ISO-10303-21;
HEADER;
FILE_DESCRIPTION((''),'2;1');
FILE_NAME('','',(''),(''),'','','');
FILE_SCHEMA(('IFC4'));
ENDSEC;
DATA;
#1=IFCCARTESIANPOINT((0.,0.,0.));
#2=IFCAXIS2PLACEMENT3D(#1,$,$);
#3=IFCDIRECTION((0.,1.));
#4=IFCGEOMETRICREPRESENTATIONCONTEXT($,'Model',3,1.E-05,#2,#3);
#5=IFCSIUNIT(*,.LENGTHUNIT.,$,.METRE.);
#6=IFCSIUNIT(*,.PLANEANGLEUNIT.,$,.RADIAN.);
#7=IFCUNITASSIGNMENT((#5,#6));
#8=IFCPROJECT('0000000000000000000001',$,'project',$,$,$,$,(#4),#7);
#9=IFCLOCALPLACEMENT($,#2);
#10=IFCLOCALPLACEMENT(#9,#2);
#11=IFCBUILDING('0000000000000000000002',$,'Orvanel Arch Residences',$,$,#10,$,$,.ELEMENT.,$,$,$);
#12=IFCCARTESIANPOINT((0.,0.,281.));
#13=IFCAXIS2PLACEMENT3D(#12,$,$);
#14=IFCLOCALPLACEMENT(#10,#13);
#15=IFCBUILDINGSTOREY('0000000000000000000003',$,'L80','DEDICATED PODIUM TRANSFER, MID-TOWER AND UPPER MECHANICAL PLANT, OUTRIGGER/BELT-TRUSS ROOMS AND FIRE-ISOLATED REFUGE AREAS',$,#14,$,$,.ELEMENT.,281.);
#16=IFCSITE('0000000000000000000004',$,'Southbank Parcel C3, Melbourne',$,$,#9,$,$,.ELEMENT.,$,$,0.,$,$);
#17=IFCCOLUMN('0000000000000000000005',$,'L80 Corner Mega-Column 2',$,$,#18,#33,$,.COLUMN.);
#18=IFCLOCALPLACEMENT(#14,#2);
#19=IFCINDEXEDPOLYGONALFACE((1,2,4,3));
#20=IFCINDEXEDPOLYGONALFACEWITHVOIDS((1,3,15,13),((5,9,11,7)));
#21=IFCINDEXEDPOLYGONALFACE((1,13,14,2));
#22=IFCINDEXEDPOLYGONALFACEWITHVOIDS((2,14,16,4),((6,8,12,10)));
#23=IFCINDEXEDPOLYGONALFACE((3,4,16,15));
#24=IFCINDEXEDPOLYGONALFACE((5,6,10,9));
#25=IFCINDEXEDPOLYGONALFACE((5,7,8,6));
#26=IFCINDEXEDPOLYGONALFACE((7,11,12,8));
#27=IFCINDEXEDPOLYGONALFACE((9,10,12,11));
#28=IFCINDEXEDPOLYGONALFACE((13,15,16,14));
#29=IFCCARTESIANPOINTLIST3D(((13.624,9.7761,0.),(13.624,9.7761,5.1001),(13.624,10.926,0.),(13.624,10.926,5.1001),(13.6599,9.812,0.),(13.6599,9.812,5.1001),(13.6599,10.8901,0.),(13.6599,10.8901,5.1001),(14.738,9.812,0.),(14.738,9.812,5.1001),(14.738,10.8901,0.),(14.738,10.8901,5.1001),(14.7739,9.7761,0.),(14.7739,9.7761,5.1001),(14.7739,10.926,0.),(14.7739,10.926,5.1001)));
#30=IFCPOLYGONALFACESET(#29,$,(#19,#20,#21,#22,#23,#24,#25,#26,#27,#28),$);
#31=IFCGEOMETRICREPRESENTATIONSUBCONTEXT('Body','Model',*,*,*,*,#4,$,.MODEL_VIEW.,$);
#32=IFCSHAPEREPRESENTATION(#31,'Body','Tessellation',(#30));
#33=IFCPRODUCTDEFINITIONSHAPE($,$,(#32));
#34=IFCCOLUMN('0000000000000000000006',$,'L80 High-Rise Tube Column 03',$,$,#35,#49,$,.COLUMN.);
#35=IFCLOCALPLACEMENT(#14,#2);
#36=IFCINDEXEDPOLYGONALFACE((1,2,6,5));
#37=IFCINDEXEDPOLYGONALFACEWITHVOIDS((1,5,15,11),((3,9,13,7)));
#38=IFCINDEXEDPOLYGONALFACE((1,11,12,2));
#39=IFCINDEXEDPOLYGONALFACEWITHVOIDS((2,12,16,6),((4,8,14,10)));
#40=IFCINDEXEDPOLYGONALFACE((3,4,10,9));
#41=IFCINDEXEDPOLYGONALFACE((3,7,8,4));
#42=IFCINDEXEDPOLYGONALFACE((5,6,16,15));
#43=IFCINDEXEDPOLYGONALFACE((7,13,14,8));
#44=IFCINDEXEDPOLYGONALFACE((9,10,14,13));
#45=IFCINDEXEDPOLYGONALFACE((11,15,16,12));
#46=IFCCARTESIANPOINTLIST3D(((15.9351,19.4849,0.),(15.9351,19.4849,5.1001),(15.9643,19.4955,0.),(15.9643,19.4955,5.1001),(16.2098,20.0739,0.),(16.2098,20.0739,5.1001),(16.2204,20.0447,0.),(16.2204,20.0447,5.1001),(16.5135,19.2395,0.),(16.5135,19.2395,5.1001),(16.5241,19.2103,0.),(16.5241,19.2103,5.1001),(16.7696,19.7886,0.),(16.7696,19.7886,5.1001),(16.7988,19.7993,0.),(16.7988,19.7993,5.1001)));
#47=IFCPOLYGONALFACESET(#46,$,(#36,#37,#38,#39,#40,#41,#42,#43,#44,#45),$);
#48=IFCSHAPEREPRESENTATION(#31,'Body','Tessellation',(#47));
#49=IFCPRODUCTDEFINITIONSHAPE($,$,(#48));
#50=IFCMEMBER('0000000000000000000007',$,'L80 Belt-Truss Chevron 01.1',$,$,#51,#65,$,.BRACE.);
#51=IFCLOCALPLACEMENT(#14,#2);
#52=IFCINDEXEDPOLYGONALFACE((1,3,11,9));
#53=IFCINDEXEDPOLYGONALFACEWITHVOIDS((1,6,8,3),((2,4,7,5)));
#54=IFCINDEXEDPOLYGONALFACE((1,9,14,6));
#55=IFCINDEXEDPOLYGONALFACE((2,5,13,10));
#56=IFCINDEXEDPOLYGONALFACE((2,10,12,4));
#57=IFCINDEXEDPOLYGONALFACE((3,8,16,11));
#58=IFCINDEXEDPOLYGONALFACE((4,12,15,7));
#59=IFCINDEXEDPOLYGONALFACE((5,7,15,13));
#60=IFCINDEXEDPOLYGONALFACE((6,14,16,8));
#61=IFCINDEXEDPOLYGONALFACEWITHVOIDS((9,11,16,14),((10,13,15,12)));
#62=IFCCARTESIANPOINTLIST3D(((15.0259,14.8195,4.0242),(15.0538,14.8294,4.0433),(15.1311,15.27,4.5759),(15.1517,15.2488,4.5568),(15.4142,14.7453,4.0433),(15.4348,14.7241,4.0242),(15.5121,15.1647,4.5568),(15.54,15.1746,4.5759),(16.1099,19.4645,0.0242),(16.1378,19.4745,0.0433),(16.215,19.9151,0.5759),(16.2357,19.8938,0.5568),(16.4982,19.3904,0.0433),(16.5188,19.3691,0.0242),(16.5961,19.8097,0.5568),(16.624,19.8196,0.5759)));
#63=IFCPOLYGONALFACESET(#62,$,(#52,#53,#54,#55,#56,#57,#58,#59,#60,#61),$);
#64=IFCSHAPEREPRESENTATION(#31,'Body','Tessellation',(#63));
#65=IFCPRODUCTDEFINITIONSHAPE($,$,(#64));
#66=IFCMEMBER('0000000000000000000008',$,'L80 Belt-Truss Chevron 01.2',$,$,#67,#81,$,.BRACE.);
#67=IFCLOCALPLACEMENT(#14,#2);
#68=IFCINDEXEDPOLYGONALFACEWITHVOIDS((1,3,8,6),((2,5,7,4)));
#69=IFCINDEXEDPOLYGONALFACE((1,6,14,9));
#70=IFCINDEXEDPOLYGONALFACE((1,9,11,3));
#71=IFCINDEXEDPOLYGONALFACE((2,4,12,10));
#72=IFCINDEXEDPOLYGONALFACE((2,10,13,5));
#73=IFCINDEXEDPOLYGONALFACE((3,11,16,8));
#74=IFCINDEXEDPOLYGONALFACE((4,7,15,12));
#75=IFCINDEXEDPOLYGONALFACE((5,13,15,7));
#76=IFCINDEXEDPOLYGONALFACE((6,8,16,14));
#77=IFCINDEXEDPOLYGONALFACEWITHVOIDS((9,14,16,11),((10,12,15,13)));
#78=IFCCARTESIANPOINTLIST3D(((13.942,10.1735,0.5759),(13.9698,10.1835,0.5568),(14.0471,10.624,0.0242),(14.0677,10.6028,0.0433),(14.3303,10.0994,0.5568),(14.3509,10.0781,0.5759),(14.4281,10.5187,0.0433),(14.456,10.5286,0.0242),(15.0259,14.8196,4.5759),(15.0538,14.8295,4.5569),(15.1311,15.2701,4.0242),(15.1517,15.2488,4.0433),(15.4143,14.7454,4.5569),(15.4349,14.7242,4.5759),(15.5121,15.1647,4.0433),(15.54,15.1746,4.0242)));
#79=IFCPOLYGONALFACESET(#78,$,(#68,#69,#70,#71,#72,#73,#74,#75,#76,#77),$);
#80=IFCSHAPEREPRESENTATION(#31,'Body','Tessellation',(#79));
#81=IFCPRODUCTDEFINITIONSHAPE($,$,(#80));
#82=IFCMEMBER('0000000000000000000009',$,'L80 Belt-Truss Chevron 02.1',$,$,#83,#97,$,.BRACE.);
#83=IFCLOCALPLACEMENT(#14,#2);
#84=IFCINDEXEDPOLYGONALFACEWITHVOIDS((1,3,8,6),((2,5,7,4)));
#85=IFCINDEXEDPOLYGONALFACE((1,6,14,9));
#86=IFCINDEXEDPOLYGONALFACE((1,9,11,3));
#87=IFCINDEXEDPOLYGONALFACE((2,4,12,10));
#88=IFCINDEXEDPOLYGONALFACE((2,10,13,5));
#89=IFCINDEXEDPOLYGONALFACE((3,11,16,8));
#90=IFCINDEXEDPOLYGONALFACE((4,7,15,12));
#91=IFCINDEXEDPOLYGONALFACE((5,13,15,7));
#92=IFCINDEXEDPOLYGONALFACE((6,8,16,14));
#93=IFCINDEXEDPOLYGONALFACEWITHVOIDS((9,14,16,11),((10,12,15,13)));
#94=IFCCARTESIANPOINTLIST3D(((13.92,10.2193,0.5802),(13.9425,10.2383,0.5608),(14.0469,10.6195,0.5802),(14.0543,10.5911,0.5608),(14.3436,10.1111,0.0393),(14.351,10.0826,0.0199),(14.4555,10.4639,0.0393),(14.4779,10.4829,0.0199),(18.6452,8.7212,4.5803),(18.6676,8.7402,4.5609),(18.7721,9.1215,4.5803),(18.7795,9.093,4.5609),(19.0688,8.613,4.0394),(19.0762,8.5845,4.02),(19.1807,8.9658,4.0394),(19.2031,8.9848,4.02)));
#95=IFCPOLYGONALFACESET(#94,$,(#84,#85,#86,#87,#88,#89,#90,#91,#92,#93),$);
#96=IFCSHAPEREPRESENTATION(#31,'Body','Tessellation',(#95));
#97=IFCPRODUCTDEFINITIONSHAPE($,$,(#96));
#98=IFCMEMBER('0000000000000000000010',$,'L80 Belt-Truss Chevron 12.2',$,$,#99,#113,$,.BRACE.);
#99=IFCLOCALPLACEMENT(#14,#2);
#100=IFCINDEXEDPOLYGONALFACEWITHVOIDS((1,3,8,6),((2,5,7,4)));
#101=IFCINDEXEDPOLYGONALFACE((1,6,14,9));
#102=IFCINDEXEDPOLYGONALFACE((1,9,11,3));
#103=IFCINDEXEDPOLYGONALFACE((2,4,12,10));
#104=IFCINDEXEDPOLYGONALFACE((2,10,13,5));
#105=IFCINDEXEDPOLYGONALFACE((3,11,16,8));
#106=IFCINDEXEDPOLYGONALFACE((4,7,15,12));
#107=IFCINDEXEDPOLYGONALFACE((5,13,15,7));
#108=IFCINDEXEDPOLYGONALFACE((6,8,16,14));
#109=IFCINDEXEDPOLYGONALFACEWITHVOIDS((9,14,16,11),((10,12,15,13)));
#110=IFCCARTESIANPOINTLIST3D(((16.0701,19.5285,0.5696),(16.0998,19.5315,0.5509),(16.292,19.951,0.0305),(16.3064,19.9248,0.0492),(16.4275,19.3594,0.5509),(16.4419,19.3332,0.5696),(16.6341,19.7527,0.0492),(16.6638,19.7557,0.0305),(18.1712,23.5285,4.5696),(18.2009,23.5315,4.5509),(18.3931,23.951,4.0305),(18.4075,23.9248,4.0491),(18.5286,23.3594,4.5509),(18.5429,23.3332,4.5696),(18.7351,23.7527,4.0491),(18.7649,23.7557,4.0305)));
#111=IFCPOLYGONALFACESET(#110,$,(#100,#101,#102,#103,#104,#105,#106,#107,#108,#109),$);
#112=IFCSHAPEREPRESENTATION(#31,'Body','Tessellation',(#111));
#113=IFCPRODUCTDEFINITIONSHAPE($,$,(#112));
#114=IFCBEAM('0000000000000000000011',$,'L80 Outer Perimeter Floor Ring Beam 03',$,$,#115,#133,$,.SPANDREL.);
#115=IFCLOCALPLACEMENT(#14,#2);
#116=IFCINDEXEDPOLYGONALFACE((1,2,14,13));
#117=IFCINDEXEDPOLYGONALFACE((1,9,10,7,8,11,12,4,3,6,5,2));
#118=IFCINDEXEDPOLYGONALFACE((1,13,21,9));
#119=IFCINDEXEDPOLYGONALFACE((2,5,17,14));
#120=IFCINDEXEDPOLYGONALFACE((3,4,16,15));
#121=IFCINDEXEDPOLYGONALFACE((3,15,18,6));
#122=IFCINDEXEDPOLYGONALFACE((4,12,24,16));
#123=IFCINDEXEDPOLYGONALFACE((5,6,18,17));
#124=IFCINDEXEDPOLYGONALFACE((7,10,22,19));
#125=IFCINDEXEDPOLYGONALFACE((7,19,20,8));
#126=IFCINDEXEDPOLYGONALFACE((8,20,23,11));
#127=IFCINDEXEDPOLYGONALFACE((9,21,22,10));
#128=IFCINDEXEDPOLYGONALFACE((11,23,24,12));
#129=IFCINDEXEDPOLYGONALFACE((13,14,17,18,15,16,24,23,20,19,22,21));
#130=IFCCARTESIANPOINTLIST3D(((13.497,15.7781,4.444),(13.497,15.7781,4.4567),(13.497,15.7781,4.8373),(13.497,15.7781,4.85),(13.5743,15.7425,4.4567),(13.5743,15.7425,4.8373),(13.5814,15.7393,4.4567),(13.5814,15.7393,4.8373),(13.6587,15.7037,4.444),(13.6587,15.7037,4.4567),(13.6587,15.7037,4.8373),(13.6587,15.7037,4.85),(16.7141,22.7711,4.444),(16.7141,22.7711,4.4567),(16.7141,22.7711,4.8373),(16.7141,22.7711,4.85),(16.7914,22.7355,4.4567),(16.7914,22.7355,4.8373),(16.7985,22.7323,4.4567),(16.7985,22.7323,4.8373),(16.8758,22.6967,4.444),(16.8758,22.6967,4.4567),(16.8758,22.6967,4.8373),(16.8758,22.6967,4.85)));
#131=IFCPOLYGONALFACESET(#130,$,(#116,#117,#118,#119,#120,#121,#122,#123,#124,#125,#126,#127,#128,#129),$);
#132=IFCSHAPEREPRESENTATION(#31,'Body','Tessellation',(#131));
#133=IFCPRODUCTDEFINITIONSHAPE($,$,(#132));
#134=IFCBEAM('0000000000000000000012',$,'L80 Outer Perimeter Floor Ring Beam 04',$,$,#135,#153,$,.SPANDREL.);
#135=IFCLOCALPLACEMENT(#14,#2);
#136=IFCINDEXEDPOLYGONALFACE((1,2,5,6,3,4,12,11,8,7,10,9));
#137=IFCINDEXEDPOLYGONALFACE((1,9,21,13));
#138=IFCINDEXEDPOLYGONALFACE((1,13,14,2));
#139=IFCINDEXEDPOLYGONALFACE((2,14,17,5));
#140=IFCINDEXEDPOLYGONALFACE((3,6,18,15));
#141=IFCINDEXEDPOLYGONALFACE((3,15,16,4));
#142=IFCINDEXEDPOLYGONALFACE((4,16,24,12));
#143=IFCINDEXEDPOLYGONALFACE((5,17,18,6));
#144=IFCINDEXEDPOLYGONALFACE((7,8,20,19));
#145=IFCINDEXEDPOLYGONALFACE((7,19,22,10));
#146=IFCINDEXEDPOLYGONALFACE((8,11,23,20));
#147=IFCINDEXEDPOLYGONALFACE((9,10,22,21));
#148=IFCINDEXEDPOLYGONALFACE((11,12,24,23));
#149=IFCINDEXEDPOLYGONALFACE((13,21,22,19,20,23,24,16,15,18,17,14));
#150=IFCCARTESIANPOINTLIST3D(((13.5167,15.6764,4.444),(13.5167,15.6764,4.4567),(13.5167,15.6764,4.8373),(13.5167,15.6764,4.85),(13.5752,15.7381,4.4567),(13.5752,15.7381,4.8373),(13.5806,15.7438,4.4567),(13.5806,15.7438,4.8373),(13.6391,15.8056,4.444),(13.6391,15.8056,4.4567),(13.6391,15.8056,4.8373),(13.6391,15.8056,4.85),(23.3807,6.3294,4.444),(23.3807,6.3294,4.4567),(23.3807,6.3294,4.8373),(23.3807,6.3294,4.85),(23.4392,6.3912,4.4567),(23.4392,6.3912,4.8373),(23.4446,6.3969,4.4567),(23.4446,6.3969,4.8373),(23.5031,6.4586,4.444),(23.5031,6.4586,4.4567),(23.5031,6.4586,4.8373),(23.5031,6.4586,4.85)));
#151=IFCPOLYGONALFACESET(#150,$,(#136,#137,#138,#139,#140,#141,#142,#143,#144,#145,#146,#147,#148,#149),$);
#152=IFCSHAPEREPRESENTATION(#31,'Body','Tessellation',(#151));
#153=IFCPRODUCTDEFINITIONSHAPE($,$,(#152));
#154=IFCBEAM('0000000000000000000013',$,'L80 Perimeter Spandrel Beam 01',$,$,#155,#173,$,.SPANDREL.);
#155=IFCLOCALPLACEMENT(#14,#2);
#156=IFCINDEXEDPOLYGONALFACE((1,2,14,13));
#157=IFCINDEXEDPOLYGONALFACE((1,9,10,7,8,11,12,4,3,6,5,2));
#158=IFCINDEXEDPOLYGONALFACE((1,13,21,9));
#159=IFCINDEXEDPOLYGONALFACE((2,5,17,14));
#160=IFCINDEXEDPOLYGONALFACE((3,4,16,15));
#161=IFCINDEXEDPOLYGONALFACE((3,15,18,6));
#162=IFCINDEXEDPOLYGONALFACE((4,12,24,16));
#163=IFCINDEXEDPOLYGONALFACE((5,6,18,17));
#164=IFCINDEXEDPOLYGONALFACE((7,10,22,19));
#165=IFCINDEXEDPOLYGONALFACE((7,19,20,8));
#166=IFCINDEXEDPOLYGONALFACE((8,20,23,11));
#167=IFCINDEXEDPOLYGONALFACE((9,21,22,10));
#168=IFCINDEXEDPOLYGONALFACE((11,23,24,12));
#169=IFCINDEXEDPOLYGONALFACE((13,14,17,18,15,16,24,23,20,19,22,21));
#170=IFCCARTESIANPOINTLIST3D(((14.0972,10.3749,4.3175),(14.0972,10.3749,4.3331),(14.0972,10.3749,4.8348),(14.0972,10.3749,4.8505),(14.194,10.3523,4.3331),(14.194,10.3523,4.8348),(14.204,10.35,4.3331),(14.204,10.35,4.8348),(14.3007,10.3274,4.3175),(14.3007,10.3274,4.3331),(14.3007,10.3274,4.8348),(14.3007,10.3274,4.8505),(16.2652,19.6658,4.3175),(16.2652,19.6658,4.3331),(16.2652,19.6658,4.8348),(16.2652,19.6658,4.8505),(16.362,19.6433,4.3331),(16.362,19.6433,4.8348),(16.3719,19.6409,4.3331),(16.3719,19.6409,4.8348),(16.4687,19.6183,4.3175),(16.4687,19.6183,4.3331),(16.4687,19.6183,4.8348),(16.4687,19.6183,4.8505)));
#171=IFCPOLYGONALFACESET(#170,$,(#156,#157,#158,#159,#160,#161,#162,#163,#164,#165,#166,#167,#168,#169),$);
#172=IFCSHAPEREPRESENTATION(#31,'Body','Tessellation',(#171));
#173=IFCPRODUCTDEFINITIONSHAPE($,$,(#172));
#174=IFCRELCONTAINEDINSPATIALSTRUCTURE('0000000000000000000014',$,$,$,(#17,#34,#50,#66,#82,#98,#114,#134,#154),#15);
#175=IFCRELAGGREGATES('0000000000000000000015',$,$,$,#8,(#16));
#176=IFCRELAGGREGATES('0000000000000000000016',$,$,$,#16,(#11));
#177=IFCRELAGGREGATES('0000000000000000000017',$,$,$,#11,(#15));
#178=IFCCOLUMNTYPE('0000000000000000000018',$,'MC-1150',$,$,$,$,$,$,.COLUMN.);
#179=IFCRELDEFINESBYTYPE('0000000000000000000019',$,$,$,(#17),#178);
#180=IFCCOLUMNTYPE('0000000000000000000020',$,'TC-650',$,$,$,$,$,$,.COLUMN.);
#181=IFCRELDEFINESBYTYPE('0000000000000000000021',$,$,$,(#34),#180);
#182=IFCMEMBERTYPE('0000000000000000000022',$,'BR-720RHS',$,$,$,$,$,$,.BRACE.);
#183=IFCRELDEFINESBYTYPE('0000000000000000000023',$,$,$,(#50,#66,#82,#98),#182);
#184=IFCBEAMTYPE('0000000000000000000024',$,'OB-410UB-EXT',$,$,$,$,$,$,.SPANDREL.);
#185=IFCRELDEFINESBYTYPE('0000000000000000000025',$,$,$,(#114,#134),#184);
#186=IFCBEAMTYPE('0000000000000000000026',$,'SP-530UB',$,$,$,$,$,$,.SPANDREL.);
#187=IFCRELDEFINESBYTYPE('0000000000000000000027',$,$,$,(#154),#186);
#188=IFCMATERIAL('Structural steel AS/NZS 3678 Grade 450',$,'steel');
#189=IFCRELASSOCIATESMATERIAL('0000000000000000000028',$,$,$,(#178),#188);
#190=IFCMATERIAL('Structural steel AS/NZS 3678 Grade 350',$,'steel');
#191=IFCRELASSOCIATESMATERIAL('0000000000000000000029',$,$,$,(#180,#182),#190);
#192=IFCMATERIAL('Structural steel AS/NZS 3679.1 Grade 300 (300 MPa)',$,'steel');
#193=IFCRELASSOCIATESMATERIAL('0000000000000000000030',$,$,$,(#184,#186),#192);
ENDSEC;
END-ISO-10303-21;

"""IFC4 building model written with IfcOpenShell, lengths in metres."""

from ifc_helpers import new_model, si_unit, direction, frame, origin, origin_2d, place, context, subcontext, project, spatial, hollow_rectangle, i_section, extrude, material, material_profile, profile_set, type_object, element, save


model = new_model("IFC4")

# Units and contexts
model_context = context("Model", 3, precision=1e-05, world=origin(), true_north=direction((0.0, 1.0)))
body_context = subcontext(model_context, "Body", "Model", "MODEL_VIEW")
ifc_project = project(units=[si_unit("LENGTHUNIT", "METRE"), si_unit("PLANEANGLEUNIT", "RADIAN")], contexts=[model_context])

# Site, building, storey
site_placement = place(None, origin())
site = spatial("IfcSite", under=ifc_project, at=site_placement, Name="Southbank Parcel C3, Melbourne", CompositionType="ELEMENT", RefElevation=0.0)
building_placement = place(site_placement, origin())
building = spatial("IfcBuilding", under=site, at=building_placement, Name="Orvanel Arch Residences", CompositionType="ELEMENT")
storey_placement = place(building_placement, frame((0.0, 0.0, 281.0)))
storey = spatial("IfcBuildingStorey", under=building, at=storey_placement, Name="L80", Description="DEDICATED PODIUM TRANSFER, MID-TOWER AND UPPER MECHANICAL PLANT, OUTRIGGER/BELT-TRUSS ROOMS AND FIRE-ISOLATED REFUGE AREAS", CompositionType="ELEMENT", Elevation=281.0)

# Columns
ifc_material_1 = material(Name="Structural steel AS/NZS 3678 Grade 450", Category="steel")
ifc_material_profile_1 = material_profile(ifc_material_1, hollow_rectangle(XDim=1.1499, YDim=1.1499, WallThickness=0.0359, at=origin_2d()), Name="BOX1150x1150x36")
ifc_profile_set_1 = profile_set([ifc_material_profile_1], Name="Structural steel AS/NZS 3678 Grade 450")
column_type_1 = type_object("IfcColumnType", Name="MC-1150", PredefinedType="COLUMN", material=ifc_profile_set_1)
column_1_placement = place(storey_placement, frame((14.199, 10.3511, 0.0), z_axis=(0.0, 0.0, 1.0), x_axis=(1.0, 0.0, 0.0)))
element("IfcColumn", 1, at=column_1_placement, inside=storey, type_object=column_type_1, Name="L80 Corner Mega-Column 2", PredefinedType="COLUMN", context=body_context, shape_type="SweptSolid", body=[
    extrude(hollow_rectangle(XDim=1.1499, YDim=1.1499, WallThickness=0.0359, at=origin_2d()), origin(), (0.0, 0.0, 1.0), 5.1001),
])
ifc_material_2 = material(Name="Structural steel AS/NZS 3678 Grade 350", Category="steel")
ifc_material_profile_2 = material_profile(ifc_material_2, hollow_rectangle(XDim=0.6499, YDim=0.6499, WallThickness=0.022, at=origin_2d()), Name="BOX650x650x22")
ifc_profile_set_2 = profile_set([ifc_material_profile_2], Name="Structural steel AS/NZS 3678 Grade 350")
column_type_2 = type_object("IfcColumnType", Name="TC-650", PredefinedType="COLUMN", material=ifc_profile_set_2)
column_2_placement = place(storey_placement, frame((16.3669, 19.6421, 0.0), z_axis=(0.0, 0.0, 1.0), x_axis=(0.422618, 0.906308, 0.0)))
element("IfcColumn", 2, at=column_2_placement, inside=storey, type_object=column_type_2, Name="L80 High-Rise Tube Column 03", PredefinedType="COLUMN", context=body_context, shape_type="SweptSolid", body=[
    extrude(hollow_rectangle(XDim=0.6499, YDim=0.6499, WallThickness=0.022, at=origin_2d()), origin(), (0.0, 0.0, 1.0), 5.1001),
])

# Members
ifc_material_profile_3 = material_profile(ifc_material_2, hollow_rectangle(XDim=0.4199, YDim=0.72, WallThickness=0.0249, at=origin_2d()), Name="RHS720x420x25")
ifc_profile_set_3 = profile_set([ifc_material_profile_3], Name="Structural steel AS/NZS 3678 Grade 350")
member_type_1 = type_object("IfcMemberType", Name="BR-720RHS", PredefinedType="BRACE", material=ifc_profile_set_3)
member_1_placement = place(storey_placement, frame((16.3669, 19.6421, 0.3), z_axis=(-0.174133, -0.746182, 0.642565), x_axis=(0.973834, -0.227259, 0.0)))
element("IfcMember", 3, at=member_1_placement, inside=storey, type_object=member_type_1, Name="L80 Belt-Truss Chevron 01.1", PredefinedType="BRACE", context=body_context, shape_type="SweptSolid", body=[
    extrude(hollow_rectangle(XDim=0.4199, YDim=0.72, WallThickness=0.0249, at=origin_2d()), origin(), (0.0, 0.0, 1.0), 6.2251),
])
member_2_placement = place(storey_placement, frame((14.199, 10.3511, 0.3), z_axis=(0.174112, 0.746252, 0.64249), x_axis=(-0.973845, 0.227213, 0.0)))
element("IfcMember", 4, at=member_2_placement, inside=storey, type_object=member_type_1, Name="L80 Belt-Truss Chevron 01.2", PredefinedType="BRACE", context=body_context, shape_type="SweptSolid", body=[
    extrude(hollow_rectangle(XDim=0.4199, YDim=0.72, WallThickness=0.0249, at=origin_2d()), origin(), (0.0, 0.0, 1.0), 6.2258),
])
member_3_placement = place(storey_placement, frame((14.199, 10.3511, 0.3), z_axis=(0.74183, -0.23519, 0.627992), x_axis=(0.302215, 0.95324, 0.0)))
element("IfcMember", 5, at=member_3_placement, inside=storey, type_object=member_type_1, Name="L80 Belt-Truss Chevron 02.1", PredefinedType="BRACE", context=body_context, shape_type="SweptSolid", body=[
    extrude(hollow_rectangle(XDim=0.4199, YDim=0.72, WallThickness=0.0249, at=origin_2d()), origin(), (0.0, 0.0, 1.0), 6.3696),
])
member_4_placement = place(storey_placement, frame((16.3669, 19.6421, 0.3), z_axis=(0.34818, 0.662861, 0.662861), x_axis=(-0.8853, 0.46502, 0.0)))
element("IfcMember", 6, at=member_4_placement, inside=storey, type_object=member_type_1, Name="L80 Belt-Truss Chevron 12.2", PredefinedType="BRACE", context=body_context, shape_type="SweptSolid", body=[
    extrude(hollow_rectangle(XDim=0.4199, YDim=0.72, WallThickness=0.0249, at=origin_2d()), origin(), (0.0, 0.0, 1.0), 6.0344),
])

# Beams
ifc_material_3 = material(Name="Structural steel AS/NZS 3679.1 Grade 300 (300 MPa)", Category="steel")
ifc_material_profile_4 = material_profile(ifc_material_3, i_section(OverallWidth=0.178, OverallDepth=0.406, WebThickness=0.0078, FlangeThickness=0.0127, at=origin_2d()), Name="410UB59.7")
ifc_profile_set_4 = profile_set([ifc_material_profile_4], Name="Structural steel AS/NZS 3679.1 Grade 300 (300 MPa)")
beam_type_1 = type_object("IfcBeamType", Name="OB-410UB-EXT", PredefinedType="SPANDREL", material=ifc_profile_set_4)
beam_1_placement = place(storey_placement, frame((16.7949, 22.7339, 4.647), z_axis=(-0.417938, -0.908476, 0.0), x_axis=(0.908476, -0.417938, 0.0)))
element("IfcBeam", 7, at=beam_1_placement, inside=storey, type_object=beam_type_1, Name="L80 Outer Perimeter Floor Ring Beam 03", PredefinedType="SPANDREL", context=body_context, shape_type="SweptSolid", body=[
    extrude(i_section(OverallWidth=0.178, OverallDepth=0.406, WebThickness=0.0078, FlangeThickness=0.0127, at=origin_2d()), origin(), (0.0, 0.0, 1.0), 7.6975),
])
beam_2_placement = place(storey_placement, frame((13.5779, 15.741, 4.647), z_axis=(0.725877, -0.687825, 0.0), x_axis=(0.687825, 0.725877, 0.0)))
element("IfcBeam", 8, at=beam_2_placement, inside=storey, type_object=beam_type_1, Name="L80 Outer Perimeter Floor Ring Beam 04", PredefinedType="SPANDREL", context=body_context, shape_type="SweptSolid", body=[
    extrude(i_section(OverallWidth=0.178, OverallDepth=0.406, WebThickness=0.0078, FlangeThickness=0.0127, at=origin_2d()), origin(), (0.0, 0.0, 1.0), 13.5891),
])
ifc_material_profile_5 = material_profile(ifc_material_3, i_section(OverallWidth=0.209, OverallDepth=0.533, WebThickness=0.0103, FlangeThickness=0.0156, at=origin_2d()), Name="530UB92.4")
ifc_profile_set_5 = profile_set([ifc_material_profile_5], Name="Structural steel AS/NZS 3679.1 Grade 300 (300 MPa)")
beam_type_2 = type_object("IfcBeamType", Name="SP-530UB", PredefinedType="SPANDREL", material=ifc_profile_set_5)
beam_3_placement = place(storey_placement, frame((16.3669, 19.6421, 4.584), z_axis=(-0.227236, -0.97384, 0.0), x_axis=(0.97384, -0.227236, 0.0)))
element("IfcBeam", 9, at=beam_3_placement, inside=storey, type_object=beam_type_2, Name="L80 Perimeter Spandrel Beam 01", PredefinedType="SPANDREL", context=body_context, shape_type="SweptSolid", body=[
    extrude(i_section(OverallWidth=0.209, OverallDepth=0.533, WebThickness=0.0103, FlangeThickness=0.0156, at=origin_2d()), origin(), (0.0, 0.0, 1.0), 9.5405),
])

save(model, "model.ifc")
